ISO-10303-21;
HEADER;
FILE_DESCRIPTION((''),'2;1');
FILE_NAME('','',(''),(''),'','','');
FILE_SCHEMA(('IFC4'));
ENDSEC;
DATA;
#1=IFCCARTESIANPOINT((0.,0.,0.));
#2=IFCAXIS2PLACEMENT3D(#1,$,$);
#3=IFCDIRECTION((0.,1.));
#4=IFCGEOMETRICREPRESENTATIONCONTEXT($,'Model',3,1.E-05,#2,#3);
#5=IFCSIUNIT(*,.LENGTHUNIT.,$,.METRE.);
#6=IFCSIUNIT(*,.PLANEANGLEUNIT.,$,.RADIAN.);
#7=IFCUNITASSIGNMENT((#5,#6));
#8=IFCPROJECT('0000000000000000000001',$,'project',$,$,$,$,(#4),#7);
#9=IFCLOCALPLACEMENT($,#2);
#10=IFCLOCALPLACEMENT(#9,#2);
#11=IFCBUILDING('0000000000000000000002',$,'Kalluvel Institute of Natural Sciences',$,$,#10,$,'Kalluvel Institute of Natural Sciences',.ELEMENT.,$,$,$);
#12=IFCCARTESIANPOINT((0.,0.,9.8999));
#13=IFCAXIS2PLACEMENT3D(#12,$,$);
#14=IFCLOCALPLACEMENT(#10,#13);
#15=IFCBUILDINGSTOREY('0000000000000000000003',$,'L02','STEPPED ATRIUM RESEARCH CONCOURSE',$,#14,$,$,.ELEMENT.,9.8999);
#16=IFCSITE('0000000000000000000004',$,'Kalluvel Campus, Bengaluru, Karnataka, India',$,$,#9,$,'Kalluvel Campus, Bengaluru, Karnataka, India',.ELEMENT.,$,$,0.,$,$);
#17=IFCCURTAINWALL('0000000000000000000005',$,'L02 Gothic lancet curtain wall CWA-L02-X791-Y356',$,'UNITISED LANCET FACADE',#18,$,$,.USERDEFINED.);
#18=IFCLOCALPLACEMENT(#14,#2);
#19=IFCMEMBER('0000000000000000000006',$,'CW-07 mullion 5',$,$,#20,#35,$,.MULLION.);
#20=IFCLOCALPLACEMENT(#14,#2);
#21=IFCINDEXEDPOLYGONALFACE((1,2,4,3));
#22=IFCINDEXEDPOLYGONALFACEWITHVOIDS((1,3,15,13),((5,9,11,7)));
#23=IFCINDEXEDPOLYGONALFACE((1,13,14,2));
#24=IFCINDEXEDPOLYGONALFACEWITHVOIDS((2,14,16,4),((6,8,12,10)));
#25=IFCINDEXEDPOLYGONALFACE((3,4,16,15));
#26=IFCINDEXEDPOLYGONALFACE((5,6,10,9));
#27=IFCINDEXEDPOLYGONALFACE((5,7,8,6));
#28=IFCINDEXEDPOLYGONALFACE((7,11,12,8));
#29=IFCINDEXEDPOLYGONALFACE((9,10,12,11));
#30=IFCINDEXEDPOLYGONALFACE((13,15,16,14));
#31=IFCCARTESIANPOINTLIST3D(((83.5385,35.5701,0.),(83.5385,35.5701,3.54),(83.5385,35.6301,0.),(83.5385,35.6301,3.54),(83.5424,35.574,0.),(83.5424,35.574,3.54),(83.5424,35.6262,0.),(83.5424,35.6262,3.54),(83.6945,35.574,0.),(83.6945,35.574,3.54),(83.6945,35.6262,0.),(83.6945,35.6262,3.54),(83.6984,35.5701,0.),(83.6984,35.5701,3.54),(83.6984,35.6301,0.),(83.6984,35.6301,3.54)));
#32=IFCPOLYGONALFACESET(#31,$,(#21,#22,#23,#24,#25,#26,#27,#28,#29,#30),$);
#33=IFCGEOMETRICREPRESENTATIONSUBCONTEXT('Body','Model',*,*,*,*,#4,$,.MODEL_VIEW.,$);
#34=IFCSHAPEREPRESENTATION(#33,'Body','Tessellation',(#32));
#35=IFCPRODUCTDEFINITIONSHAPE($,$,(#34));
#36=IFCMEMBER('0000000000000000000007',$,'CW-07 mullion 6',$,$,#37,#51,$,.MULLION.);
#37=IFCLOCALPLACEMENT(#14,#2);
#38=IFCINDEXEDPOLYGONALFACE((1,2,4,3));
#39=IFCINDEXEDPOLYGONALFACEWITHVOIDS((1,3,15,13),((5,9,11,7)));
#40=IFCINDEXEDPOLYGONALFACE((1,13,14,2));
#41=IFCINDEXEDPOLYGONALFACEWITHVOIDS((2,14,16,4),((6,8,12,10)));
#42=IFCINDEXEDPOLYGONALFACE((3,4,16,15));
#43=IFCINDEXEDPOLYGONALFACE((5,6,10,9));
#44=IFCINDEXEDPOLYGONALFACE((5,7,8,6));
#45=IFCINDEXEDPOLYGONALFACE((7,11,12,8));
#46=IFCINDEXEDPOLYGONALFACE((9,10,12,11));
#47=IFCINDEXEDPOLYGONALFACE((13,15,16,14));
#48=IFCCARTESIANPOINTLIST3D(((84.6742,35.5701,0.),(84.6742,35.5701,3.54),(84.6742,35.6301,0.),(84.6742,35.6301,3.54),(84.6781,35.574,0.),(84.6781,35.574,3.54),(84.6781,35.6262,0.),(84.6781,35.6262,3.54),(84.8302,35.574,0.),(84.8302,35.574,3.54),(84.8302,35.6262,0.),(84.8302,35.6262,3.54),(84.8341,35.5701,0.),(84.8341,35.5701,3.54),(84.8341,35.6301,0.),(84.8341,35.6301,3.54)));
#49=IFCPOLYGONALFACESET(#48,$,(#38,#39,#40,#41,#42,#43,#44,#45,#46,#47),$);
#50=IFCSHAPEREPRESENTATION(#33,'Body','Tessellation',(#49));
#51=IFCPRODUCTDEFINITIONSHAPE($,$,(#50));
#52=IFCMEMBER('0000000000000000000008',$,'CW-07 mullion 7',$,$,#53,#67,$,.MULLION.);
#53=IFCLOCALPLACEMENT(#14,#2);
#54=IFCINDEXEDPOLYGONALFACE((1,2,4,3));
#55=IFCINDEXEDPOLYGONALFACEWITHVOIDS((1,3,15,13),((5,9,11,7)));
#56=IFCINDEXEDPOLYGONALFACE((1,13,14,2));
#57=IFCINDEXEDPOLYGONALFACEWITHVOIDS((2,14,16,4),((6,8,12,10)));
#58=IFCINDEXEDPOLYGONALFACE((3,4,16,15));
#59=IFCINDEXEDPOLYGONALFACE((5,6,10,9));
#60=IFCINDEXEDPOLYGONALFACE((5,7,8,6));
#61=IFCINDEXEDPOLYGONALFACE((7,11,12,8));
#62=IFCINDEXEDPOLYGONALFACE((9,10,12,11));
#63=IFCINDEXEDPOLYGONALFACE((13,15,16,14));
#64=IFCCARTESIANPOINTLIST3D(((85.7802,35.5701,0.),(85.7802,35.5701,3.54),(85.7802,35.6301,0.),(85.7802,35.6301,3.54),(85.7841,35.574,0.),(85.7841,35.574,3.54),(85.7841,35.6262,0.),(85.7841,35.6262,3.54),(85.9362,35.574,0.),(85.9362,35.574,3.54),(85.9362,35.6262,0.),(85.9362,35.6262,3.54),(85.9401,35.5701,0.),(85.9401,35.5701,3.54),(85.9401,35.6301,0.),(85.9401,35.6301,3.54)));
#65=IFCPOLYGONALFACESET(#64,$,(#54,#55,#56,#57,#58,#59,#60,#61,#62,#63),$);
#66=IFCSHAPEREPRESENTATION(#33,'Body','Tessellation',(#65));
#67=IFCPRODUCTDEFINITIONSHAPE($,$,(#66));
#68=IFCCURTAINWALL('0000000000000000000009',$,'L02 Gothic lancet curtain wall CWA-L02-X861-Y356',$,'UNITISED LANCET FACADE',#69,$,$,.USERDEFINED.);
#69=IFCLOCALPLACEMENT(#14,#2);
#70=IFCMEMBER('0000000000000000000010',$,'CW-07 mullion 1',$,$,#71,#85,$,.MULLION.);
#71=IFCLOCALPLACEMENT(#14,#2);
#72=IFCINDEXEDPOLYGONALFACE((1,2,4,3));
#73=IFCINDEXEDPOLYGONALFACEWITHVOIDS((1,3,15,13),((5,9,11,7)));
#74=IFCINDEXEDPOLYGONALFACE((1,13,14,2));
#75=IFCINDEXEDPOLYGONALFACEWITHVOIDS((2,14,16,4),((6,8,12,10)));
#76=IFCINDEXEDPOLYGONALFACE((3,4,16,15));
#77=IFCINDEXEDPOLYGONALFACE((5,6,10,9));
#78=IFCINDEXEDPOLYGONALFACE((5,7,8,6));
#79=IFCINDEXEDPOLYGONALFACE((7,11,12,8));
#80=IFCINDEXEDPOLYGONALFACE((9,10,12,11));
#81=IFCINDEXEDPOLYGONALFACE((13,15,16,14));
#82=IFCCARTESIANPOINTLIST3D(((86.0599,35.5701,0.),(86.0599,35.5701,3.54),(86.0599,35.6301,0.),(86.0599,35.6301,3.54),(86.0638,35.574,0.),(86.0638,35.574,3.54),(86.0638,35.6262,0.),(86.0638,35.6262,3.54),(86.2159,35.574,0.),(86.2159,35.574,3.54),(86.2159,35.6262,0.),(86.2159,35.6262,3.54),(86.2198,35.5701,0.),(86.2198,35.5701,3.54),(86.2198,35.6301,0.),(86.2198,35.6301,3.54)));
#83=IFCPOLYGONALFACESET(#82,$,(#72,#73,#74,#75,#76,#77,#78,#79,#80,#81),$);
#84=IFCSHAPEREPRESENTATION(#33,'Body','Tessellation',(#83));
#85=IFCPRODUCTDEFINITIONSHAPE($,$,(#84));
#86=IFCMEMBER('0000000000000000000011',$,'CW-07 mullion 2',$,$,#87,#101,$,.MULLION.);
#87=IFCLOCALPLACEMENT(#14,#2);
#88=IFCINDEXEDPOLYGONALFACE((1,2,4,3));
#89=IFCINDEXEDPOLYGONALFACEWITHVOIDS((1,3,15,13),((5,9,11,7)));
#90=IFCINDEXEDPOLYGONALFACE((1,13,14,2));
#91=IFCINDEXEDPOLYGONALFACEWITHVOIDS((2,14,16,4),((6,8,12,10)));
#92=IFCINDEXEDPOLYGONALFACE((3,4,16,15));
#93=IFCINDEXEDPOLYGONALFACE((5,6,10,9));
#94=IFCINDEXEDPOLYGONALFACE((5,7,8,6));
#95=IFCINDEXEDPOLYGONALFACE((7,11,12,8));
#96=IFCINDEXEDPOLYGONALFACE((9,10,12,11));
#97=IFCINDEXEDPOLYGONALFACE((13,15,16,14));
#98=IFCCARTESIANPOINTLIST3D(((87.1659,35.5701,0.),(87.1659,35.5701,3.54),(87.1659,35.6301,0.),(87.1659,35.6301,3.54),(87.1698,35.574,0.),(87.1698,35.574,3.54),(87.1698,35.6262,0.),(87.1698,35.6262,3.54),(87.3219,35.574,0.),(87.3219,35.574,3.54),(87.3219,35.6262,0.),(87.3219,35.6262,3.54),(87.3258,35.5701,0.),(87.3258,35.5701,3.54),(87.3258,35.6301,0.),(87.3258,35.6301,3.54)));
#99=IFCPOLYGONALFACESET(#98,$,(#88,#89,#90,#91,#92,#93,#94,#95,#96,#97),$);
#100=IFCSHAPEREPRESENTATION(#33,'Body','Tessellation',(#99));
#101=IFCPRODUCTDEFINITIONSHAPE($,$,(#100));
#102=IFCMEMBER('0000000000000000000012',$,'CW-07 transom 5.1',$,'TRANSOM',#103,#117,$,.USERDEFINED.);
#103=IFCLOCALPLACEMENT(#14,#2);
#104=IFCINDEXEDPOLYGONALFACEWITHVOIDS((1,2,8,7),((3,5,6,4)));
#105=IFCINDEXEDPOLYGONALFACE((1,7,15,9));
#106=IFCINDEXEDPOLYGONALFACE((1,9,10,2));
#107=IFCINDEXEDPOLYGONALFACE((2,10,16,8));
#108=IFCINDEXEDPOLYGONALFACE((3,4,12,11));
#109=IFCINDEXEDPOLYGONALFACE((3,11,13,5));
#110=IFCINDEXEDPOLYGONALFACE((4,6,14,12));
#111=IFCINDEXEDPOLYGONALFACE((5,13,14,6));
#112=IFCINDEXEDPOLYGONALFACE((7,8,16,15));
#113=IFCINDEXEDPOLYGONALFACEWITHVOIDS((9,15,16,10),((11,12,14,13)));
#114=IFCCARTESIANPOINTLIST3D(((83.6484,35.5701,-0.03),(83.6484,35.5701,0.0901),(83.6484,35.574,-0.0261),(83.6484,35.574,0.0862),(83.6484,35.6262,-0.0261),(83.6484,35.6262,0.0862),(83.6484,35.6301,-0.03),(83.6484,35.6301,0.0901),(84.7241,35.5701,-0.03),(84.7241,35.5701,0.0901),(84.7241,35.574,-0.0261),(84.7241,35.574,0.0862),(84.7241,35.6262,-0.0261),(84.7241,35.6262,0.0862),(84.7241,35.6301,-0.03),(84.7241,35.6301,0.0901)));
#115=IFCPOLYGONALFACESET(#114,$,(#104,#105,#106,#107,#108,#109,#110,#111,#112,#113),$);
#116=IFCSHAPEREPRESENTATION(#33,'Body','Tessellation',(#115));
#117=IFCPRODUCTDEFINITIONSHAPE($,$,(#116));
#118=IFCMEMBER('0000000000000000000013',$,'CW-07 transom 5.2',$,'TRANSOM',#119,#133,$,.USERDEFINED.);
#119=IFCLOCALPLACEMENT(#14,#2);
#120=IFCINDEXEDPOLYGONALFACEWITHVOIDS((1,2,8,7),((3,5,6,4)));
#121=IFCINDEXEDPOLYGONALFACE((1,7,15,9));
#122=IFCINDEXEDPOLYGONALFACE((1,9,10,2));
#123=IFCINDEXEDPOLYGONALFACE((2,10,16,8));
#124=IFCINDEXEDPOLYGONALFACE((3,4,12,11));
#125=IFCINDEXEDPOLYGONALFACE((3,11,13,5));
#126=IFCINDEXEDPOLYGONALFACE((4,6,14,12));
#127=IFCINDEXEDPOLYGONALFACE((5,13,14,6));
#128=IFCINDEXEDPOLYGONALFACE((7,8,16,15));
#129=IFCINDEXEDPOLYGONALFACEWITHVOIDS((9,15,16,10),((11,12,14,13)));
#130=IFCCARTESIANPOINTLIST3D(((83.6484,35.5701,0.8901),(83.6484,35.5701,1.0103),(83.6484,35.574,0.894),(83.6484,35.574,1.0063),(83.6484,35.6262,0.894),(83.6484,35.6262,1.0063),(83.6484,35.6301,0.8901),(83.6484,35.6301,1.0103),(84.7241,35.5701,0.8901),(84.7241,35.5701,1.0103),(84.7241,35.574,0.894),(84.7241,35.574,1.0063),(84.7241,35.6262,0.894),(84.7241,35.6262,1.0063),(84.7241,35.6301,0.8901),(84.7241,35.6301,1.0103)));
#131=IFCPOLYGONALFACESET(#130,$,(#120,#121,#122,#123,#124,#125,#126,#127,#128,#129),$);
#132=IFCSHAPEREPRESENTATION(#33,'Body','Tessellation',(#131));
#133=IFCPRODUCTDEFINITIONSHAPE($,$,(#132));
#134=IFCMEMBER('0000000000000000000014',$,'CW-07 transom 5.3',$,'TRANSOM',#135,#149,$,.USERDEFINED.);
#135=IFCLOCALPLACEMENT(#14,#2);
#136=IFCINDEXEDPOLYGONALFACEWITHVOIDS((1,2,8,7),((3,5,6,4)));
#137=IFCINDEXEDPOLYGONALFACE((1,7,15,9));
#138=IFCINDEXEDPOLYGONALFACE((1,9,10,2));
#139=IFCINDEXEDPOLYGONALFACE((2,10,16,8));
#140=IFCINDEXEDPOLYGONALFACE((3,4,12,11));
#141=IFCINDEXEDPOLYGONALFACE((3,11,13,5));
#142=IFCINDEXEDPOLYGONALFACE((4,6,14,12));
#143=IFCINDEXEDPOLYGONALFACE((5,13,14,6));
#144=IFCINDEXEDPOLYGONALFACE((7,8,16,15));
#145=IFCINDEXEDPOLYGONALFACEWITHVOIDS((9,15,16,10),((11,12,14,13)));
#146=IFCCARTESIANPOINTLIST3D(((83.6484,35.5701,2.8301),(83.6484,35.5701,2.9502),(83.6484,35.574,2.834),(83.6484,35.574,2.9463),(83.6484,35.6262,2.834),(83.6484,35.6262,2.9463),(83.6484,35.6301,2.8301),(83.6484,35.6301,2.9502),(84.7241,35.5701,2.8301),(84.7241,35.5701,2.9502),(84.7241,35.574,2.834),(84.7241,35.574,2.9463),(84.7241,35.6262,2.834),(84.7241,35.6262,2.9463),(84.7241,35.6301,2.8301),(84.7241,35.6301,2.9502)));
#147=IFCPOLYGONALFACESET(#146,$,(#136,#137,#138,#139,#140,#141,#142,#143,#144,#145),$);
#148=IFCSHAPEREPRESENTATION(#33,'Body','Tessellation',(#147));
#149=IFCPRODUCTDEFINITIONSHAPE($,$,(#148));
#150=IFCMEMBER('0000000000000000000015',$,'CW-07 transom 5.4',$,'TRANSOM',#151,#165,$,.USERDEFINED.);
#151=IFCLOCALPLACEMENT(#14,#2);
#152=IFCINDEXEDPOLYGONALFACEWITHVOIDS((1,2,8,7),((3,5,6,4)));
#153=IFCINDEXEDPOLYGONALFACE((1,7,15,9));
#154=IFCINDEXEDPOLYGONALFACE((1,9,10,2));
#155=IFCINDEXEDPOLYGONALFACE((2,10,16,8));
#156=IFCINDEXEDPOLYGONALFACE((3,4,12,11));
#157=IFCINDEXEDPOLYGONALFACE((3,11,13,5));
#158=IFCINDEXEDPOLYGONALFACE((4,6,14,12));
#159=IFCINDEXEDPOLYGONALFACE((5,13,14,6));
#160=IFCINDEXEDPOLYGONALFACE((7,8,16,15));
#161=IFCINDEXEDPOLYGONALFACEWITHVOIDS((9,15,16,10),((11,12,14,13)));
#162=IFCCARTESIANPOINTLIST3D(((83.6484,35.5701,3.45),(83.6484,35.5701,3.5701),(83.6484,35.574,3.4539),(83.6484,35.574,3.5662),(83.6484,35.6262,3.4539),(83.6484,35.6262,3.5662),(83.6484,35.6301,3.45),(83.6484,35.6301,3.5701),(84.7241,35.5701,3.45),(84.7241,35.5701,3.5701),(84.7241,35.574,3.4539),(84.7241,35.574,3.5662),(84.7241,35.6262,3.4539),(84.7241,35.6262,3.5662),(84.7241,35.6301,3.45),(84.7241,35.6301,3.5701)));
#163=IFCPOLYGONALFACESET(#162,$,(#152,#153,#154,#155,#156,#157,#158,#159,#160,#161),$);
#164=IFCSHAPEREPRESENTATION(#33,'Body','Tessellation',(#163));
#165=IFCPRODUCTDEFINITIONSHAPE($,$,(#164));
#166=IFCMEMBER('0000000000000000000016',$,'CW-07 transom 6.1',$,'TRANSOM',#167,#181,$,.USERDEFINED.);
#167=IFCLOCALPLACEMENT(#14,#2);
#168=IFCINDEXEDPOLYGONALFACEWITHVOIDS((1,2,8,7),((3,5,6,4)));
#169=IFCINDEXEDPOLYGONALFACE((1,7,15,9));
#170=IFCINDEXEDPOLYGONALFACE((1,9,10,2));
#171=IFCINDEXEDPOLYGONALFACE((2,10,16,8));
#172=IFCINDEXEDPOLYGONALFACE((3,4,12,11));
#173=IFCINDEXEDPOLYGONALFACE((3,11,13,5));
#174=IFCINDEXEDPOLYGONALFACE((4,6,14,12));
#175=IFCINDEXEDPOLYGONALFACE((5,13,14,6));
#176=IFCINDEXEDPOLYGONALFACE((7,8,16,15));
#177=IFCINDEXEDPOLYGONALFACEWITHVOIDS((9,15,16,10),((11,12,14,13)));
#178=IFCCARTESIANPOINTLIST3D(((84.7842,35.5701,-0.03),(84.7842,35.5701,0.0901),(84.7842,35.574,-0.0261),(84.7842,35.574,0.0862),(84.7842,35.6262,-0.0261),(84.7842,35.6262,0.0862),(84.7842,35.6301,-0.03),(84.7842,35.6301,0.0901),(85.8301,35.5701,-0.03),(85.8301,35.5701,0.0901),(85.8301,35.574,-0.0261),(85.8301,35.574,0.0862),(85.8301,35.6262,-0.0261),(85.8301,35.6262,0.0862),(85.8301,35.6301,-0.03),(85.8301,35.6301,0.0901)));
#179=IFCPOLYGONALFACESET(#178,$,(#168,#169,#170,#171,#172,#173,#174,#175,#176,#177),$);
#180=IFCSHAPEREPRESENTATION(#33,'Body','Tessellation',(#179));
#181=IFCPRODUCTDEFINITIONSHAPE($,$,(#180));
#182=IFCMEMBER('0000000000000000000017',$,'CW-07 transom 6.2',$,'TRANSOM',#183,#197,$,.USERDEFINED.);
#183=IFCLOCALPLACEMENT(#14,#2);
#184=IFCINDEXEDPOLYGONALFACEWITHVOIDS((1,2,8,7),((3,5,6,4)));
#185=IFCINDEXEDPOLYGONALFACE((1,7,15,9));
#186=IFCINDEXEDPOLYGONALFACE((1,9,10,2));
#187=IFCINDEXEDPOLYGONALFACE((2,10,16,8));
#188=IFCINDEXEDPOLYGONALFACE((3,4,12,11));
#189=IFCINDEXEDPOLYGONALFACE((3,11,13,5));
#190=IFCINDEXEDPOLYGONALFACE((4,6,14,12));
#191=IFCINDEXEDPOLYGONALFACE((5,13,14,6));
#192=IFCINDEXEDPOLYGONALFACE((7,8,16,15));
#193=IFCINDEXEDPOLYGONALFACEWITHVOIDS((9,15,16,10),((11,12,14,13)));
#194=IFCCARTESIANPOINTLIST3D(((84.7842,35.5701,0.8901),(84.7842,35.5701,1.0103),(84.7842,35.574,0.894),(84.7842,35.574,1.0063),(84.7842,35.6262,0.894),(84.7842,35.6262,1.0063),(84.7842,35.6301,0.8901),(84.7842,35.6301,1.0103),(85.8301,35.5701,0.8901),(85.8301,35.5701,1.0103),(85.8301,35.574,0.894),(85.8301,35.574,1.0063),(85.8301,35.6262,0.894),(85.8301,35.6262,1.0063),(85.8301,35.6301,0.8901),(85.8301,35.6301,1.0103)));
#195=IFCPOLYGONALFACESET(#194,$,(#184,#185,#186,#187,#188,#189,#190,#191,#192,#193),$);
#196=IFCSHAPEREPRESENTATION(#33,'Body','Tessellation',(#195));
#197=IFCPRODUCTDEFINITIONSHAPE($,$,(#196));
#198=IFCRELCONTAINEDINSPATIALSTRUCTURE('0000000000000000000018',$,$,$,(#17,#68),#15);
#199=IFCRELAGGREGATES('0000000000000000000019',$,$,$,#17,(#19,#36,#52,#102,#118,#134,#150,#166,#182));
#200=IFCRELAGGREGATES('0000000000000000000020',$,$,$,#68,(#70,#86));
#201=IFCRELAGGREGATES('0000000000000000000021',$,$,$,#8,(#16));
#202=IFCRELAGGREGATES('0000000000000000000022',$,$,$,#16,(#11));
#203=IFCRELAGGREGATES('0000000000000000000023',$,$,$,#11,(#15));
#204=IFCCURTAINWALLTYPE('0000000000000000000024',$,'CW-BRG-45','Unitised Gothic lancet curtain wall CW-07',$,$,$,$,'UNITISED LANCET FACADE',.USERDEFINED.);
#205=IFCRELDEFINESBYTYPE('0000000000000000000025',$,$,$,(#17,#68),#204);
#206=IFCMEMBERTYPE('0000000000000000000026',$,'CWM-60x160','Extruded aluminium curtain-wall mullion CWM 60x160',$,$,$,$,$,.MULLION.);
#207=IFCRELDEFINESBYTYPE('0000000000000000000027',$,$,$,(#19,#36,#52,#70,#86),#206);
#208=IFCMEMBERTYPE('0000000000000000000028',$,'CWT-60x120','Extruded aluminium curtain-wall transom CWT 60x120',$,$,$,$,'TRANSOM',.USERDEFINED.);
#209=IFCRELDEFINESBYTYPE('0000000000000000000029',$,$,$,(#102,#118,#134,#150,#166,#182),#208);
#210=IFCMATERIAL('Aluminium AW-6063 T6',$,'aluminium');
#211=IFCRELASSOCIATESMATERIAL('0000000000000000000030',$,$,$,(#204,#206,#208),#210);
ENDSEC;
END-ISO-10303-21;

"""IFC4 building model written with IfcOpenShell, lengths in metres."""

from ifc_helpers import new_model, si_unit, direction, frame, origin, origin_2d, place, context, subcontext, project, spatial, hollow_rectangle, extrude, material, material_profile, profile_set, type_object, element, aggregate, save


model = new_model("IFC4")

# Units and contexts
model_context = context("Model", 3, precision=1e-05, world=origin(), true_north=direction((0.0, 1.0)))
body_context = subcontext(model_context, "Body", "Model", "MODEL_VIEW")
ifc_project = project(units=[si_unit("LENGTHUNIT", "METRE"), si_unit("PLANEANGLEUNIT", "RADIAN")], contexts=[model_context])

# Site, building, storey
site_placement = place(None, origin())
site = spatial("IfcSite", under=ifc_project, at=site_placement, Name="Kalluvel Campus, Bengaluru, Karnataka, India", LongName="Kalluvel Campus, Bengaluru, Karnataka, India", CompositionType="ELEMENT", RefElevation=0.0)
building_placement = place(site_placement, origin())
building = spatial("IfcBuilding", under=site, at=building_placement, Name="Kalluvel Institute of Natural Sciences", LongName="Kalluvel Institute of Natural Sciences", CompositionType="ELEMENT")
storey_placement = place(building_placement, frame((0.0, 0.0, 9.8999)))
storey = spatial("IfcBuildingStorey", under=building, at=storey_placement, Name="L02", Description="STEPPED ATRIUM RESEARCH CONCOURSE", CompositionType="ELEMENT", Elevation=9.8999)

# Curtain walls, members
ifc_material_1 = material(Name="Aluminium AW-6063 T6", Category="aluminium")
curtain_wall_type = type_object("IfcCurtainWallType", Name="CW-BRG-45", Description="Unitised Gothic lancet curtain wall CW-07", ElementType="UNITISED LANCET FACADE", PredefinedType="USERDEFINED", material=ifc_material_1)
curtain_wall_1_placement = place(storey_placement, origin())
curtain_wall_1 = element("IfcCurtainWall", 1, at=curtain_wall_1_placement, inside=storey, type_object=curtain_wall_type, Name="L02 Gothic lancet curtain wall CWA-L02-X791-Y356", ObjectType="UNITISED LANCET FACADE", PredefinedType="USERDEFINED")
ifc_material_profile_1 = material_profile(ifc_material_1, hollow_rectangle(XDim=0.0601, YDim=0.1599, WallThickness=0.0039, at=origin_2d()), Name="CWM 60x160")
ifc_profile_set_1 = profile_set([ifc_material_profile_1], Name="Aluminium AW-6063 T6")
member_type_1 = type_object("IfcMemberType", Name="CWM-60x160", Description="Extruded aluminium curtain-wall mullion CWM 60x160", PredefinedType="MULLION", material=ifc_profile_set_1)
member_1_placement = place(storey_placement, frame((83.6184, 35.6001, 0.0), z_axis=(0.0, 0.0, 1.0), x_axis=(0.0, 1.0, 0.0)))
member_1 = element("IfcMember", 2, at=member_1_placement, type_object=member_type_1, Name="CW-07 mullion 5", PredefinedType="MULLION", context=body_context, shape_type="SweptSolid", body=[
    extrude(hollow_rectangle(XDim=0.0601, YDim=0.1599, WallThickness=0.0039, at=origin_2d()), origin(), (0.0, 0.0, 1.0), 3.54),
])
member_2_placement = place(storey_placement, frame((84.7542, 35.6001, 0.0), z_axis=(0.0, 0.0, 1.0), x_axis=(0.0, 1.0, 0.0)))
member_2 = element("IfcMember", 3, at=member_2_placement, type_object=member_type_1, Name="CW-07 mullion 6", PredefinedType="MULLION", context=body_context, shape_type="SweptSolid", body=[
    extrude(hollow_rectangle(XDim=0.0601, YDim=0.1599, WallThickness=0.0039, at=origin_2d()), origin(), (0.0, 0.0, 1.0), 3.54),
])
member_3_placement = place(storey_placement, frame((85.8601, 35.6001, 0.0), z_axis=(0.0, 0.0, 1.0), x_axis=(0.0, 1.0, 0.0)))
member_3 = element("IfcMember", 4, at=member_3_placement, type_object=member_type_1, Name="CW-07 mullion 7", PredefinedType="MULLION", context=body_context, shape_type="SweptSolid", body=[
    extrude(hollow_rectangle(XDim=0.0601, YDim=0.1599, WallThickness=0.0039, at=origin_2d()), origin(), (0.0, 0.0, 1.0), 3.54),
])
curtain_wall_2_placement = place(storey_placement, origin())
curtain_wall_2 = element("IfcCurtainWall", 5, at=curtain_wall_2_placement, inside=storey, type_object=curtain_wall_type, Name="L02 Gothic lancet curtain wall CWA-L02-X861-Y356", ObjectType="UNITISED LANCET FACADE", PredefinedType="USERDEFINED")
member_4_placement = place(storey_placement, frame((86.1399, 35.6001, 0.0), z_axis=(0.0, 0.0, 1.0), x_axis=(0.0, 1.0, 0.0)))
member_4 = element("IfcMember", 6, at=member_4_placement, type_object=member_type_1, Name="CW-07 mullion 1", PredefinedType="MULLION", context=body_context, shape_type="SweptSolid", body=[
    extrude(hollow_rectangle(XDim=0.0601, YDim=0.1599, WallThickness=0.0039, at=origin_2d()), origin(), (0.0, 0.0, 1.0), 3.54),
])
member_5_placement = place(storey_placement, frame((87.2458, 35.6001, 0.0), z_axis=(0.0, 0.0, 1.0), x_axis=(0.0, 1.0, 0.0)))
member_5 = element("IfcMember", 7, at=member_5_placement, type_object=member_type_1, Name="CW-07 mullion 2", PredefinedType="MULLION", context=body_context, shape_type="SweptSolid", body=[
    extrude(hollow_rectangle(XDim=0.0601, YDim=0.1599, WallThickness=0.0039, at=origin_2d()), origin(), (0.0, 0.0, 1.0), 3.54),
])

# Members
ifc_material_profile_2 = material_profile(ifc_material_1, hollow_rectangle(XDim=0.0601, YDim=0.1201, WallThickness=0.0039, at=origin_2d()), Name="CWT 60x120")
ifc_profile_set_2 = profile_set([ifc_material_profile_2], Name="Aluminium AW-6063 T6")
member_type_2 = type_object("IfcMemberType", Name="CWT-60x120", Description="Extruded aluminium curtain-wall transom CWT 60x120", ElementType="TRANSOM", PredefinedType="USERDEFINED", material=ifc_profile_set_2)
member_6_placement = place(storey_placement, frame((83.6484, 35.6001, 0.03), z_axis=(1.0, 0.0, 0.0), x_axis=(0.0, 1.0, 0.0)))
member_6 = element("IfcMember", 8, at=member_6_placement, type_object=member_type_2, Name="CW-07 transom 5.1", ObjectType="TRANSOM", PredefinedType="USERDEFINED", context=body_context, shape_type="SweptSolid", body=[
    extrude(hollow_rectangle(XDim=0.0601, YDim=0.1201, WallThickness=0.0039, at=origin_2d()), origin(), (0.0, 0.0, 1.0), 1.0757),
])
member_7_placement = place(storey_placement, frame((83.6484, 35.6001, 0.9502), z_axis=(1.0, 0.0, 0.0), x_axis=(0.0, 1.0, 0.0)))
member_7 = element("IfcMember", 9, at=member_7_placement, type_object=member_type_2, Name="CW-07 transom 5.2", ObjectType="TRANSOM", PredefinedType="USERDEFINED", context=body_context, shape_type="SweptSolid", body=[
    extrude(hollow_rectangle(XDim=0.0601, YDim=0.1201, WallThickness=0.0039, at=origin_2d()), origin(), (0.0, 0.0, 1.0), 1.0757),
])
member_8_placement = place(storey_placement, frame((83.6484, 35.6001, 2.8901), z_axis=(1.0, 0.0, 0.0), x_axis=(0.0, 1.0, 0.0)))
member_8 = element("IfcMember", 10, at=member_8_placement, type_object=member_type_2, Name="CW-07 transom 5.3", ObjectType="TRANSOM", PredefinedType="USERDEFINED", context=body_context, shape_type="SweptSolid", body=[
    extrude(hollow_rectangle(XDim=0.0601, YDim=0.1201, WallThickness=0.0039, at=origin_2d()), origin(), (0.0, 0.0, 1.0), 1.0757),
])
member_9_placement = place(storey_placement, frame((83.6484, 35.6001, 3.51), z_axis=(1.0, 0.0, 0.0), x_axis=(0.0, 1.0, 0.0)))
member_9 = element("IfcMember", 11, at=member_9_placement, type_object=member_type_2, Name="CW-07 transom 5.4", ObjectType="TRANSOM", PredefinedType="USERDEFINED", context=body_context, shape_type="SweptSolid", body=[
    extrude(hollow_rectangle(XDim=0.0601, YDim=0.1201, WallThickness=0.0039, at=origin_2d()), origin(), (0.0, 0.0, 1.0), 1.0757),
])
member_10_placement = place(storey_placement, frame((84.7842, 35.6001, 0.03), z_axis=(1.0, 0.0, 0.0), x_axis=(0.0, 1.0, 0.0)))
member_10 = element("IfcMember", 12, at=member_10_placement, type_object=member_type_2, Name="CW-07 transom 6.1", ObjectType="TRANSOM", PredefinedType="USERDEFINED", context=body_context, shape_type="SweptSolid", body=[
    extrude(hollow_rectangle(XDim=0.0601, YDim=0.1201, WallThickness=0.0039, at=origin_2d()), origin(), (0.0, 0.0, 1.0), 1.0459),
])
member_11_placement = place(storey_placement, frame((84.7842, 35.6001, 0.9502), z_axis=(1.0, 0.0, 0.0), x_axis=(0.0, 1.0, 0.0)))
member_11 = element("IfcMember", 13, at=member_11_placement, type_object=member_type_2, Name="CW-07 transom 6.2", ObjectType="TRANSOM", PredefinedType="USERDEFINED", context=body_context, shape_type="SweptSolid", body=[
    extrude(hollow_rectangle(XDim=0.0601, YDim=0.1201, WallThickness=0.0039, at=origin_2d()), origin(), (0.0, 0.0, 1.0), 1.0459),
])

aggregate(curtain_wall_1, [member_1, member_2, member_3, member_6, member_7, member_8, member_9, member_10, member_11])
aggregate(curtain_wall_2, [member_4, member_5])

save(model, "model.ifc")
